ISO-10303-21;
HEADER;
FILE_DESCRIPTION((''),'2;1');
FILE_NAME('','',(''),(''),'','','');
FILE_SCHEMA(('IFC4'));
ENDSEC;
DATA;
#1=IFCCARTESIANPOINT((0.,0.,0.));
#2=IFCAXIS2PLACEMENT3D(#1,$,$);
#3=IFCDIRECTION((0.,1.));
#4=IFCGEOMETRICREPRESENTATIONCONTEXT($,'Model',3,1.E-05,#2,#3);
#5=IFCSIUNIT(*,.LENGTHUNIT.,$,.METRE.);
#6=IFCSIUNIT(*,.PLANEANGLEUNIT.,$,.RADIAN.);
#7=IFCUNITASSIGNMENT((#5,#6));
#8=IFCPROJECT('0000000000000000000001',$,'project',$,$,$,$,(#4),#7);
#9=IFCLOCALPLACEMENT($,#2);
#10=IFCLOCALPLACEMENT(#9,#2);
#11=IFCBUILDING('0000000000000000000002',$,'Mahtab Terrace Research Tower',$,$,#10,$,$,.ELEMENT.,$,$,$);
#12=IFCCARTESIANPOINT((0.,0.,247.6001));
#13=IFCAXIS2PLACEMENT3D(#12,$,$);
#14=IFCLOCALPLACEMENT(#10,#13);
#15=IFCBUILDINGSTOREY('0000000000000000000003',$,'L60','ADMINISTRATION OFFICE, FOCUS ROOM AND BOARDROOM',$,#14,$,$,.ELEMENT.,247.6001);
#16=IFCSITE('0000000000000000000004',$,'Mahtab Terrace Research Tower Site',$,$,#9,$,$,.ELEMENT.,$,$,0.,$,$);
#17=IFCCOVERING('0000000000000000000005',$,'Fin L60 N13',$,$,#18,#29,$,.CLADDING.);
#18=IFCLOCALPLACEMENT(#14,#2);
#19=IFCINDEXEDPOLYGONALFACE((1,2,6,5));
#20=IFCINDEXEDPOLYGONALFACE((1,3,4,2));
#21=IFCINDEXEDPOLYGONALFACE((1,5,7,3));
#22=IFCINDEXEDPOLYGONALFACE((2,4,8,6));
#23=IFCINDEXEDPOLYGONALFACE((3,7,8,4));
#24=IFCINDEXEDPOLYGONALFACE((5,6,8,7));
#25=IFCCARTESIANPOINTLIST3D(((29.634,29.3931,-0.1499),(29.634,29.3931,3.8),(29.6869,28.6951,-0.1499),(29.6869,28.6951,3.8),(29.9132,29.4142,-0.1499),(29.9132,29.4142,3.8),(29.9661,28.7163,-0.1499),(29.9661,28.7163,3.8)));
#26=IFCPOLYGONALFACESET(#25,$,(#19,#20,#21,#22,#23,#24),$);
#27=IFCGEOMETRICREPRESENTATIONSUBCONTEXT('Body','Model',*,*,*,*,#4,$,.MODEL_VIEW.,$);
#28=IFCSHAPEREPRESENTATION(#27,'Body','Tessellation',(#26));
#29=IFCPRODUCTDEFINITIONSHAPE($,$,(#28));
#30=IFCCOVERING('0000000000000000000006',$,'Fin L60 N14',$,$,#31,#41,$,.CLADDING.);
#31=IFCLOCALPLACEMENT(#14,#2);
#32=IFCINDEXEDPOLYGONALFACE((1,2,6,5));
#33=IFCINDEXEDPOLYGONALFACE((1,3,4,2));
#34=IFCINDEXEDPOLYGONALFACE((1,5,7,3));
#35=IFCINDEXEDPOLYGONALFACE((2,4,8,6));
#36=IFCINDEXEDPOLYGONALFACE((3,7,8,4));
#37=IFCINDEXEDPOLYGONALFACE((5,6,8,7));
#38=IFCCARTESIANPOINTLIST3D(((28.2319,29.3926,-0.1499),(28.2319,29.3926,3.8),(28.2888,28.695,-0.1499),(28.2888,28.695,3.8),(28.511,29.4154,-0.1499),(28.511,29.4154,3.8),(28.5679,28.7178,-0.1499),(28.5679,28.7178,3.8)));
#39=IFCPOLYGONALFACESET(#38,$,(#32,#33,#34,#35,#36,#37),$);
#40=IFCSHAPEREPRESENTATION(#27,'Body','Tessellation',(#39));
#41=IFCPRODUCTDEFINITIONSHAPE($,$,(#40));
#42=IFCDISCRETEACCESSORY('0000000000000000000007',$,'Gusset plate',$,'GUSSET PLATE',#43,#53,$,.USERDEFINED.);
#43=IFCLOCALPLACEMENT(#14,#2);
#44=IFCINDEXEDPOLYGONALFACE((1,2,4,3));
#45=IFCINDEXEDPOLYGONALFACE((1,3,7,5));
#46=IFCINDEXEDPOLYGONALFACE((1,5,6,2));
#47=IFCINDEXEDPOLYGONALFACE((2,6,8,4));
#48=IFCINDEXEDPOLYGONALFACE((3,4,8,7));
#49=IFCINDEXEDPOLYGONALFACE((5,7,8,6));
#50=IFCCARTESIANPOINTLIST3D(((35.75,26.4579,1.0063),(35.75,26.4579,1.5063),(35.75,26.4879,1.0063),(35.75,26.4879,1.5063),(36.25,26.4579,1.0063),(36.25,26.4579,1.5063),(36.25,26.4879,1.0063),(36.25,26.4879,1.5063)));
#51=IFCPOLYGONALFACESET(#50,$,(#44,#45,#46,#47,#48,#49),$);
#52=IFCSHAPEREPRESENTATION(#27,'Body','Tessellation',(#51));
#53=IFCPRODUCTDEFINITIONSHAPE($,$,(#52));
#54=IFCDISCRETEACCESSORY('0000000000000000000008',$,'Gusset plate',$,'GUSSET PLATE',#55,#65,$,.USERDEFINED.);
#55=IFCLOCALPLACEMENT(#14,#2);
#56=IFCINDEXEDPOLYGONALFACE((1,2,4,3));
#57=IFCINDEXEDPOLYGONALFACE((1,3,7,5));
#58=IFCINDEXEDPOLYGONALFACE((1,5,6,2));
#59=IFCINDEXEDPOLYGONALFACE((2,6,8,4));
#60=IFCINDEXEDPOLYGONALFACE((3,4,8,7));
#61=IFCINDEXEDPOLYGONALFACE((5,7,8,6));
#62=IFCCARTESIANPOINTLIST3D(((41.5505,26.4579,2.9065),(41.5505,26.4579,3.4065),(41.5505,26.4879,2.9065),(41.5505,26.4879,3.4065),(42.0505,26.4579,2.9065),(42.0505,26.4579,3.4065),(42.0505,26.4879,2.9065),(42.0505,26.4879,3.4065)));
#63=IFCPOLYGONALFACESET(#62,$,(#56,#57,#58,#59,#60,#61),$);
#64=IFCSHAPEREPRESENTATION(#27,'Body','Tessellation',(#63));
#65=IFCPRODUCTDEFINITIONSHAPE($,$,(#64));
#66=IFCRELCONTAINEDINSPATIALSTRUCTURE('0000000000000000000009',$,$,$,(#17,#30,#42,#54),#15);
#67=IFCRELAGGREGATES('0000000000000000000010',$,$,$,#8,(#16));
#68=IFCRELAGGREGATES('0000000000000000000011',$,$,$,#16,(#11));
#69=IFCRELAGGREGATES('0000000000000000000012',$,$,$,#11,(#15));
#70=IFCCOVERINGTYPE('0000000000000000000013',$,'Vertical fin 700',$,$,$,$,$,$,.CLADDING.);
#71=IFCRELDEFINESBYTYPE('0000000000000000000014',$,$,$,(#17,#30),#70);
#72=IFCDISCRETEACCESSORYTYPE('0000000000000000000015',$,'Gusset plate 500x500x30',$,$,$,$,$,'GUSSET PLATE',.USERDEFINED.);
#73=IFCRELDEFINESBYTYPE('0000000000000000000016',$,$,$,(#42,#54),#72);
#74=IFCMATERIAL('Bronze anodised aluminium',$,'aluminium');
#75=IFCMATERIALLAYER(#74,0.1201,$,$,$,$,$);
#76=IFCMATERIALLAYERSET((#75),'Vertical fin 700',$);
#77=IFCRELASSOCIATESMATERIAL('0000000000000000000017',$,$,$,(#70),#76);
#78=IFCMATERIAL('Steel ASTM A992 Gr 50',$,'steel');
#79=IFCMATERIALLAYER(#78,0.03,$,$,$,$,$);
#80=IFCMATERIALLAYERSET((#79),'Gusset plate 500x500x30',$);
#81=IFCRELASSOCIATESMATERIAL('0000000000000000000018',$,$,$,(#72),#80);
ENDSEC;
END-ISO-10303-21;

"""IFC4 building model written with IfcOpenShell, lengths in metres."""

from ifc_helpers import new_model, si_unit, direction, frame, origin, origin_2d, place, context, subcontext, project, spatial, rectangle, extrude, material, layer, layer_set, type_object, element, save


model = new_model("IFC4")

# Units and contexts
model_context = context("Model", 3, precision=1e-05, world=origin(), true_north=direction((0.0, 1.0)))
body_context = subcontext(model_context, "Body", "Model", "MODEL_VIEW")
ifc_project = project(units=[si_unit("LENGTHUNIT", "METRE"), si_unit("PLANEANGLEUNIT", "RADIAN")], contexts=[model_context])

# Site, building, storey
site_placement = place(None, origin())
site = spatial("IfcSite", under=ifc_project, at=site_placement, Name="Mahtab Terrace Research Tower Site", CompositionType="ELEMENT", RefElevation=0.0)
building_placement = place(site_placement, origin())
building = spatial("IfcBuilding", under=site, at=building_placement, Name="Mahtab Terrace Research Tower", CompositionType="ELEMENT")
storey_placement = place(building_placement, frame((0.0, 0.0, 247.6001)))
storey = spatial("IfcBuildingStorey", under=building, at=storey_placement, Name="L60", Description="ADMINISTRATION OFFICE, FOCUS ROOM AND BOARDROOM", CompositionType="ELEMENT", Elevation=247.6001)

# Shared definitions
ifc_material_1 = material(Name="Steel ASTM A992 Gr 50", Category="steel")

# Coverings
ifc_material_2 = material(Name="Bronze anodised aluminium", Category="aluminium")
ifc_layer_1 = layer(ifc_material_2, 0.1201)
ifc_layer_set_1 = layer_set([ifc_layer_1], Name="Vertical fin 700")
covering_type_1 = type_object("IfcCoveringType", Name="Vertical fin 700", PredefinedType="CLADDING", material=ifc_layer_set_1)
for number, where, z_axis, x_axis, name in (
    (1, (29.8, 29.0547, -0.1499), (0.0, 0.0, 1.0), (-0.997141, -0.075559, 0.0), "Fin L60 N13"),
    (2, (28.3999, 29.0552, -0.1499), (0.0, 0.0, 1.0), (-0.996685, -0.081359, 0.0), "Fin L60 N14"),
):
    element("IfcCovering", number, at=place(storey_placement, frame(where, z_axis=z_axis, x_axis=x_axis)), inside=storey, type_object=covering_type_1, Name=name, PredefinedType="CLADDING", context=body_context, shape_type="SweptSolid", body=[
        extrude(rectangle(XDim=0.28, YDim=0.7, at=origin_2d()), origin(), (0.0, 0.0, 1.0), 3.95),
    ])

# Discrete accessories
ifc_layer_2 = layer(ifc_material_1, 0.03)
ifc_layer_set_2 = layer_set([ifc_layer_2], Name="Gusset plate 500x500x30")
discrete_accessory_type = type_object("IfcDiscreteAccessoryType", Name="Gusset plate 500x500x30", ElementType="GUSSET PLATE", PredefinedType="USERDEFINED", material=ifc_layer_set_2)
for number, where, z_axis, x_axis, name in (
    (3, (36.0, 26.4729, 1.0063), (0.0, 0.0, 1.0), (1.0, 0.0, 0.0), "Gusset plate"),
    (4, (41.8005, 26.4729, 2.9065), (0.0, 0.0, 1.0), (1.0, 0.0, 0.0), "Gusset plate"),
):
    element("IfcDiscreteAccessory", number, at=place(storey_placement, frame(where, z_axis=z_axis, x_axis=x_axis)), inside=storey, type_object=discrete_accessory_type, Name=name, ObjectType="GUSSET PLATE", PredefinedType="USERDEFINED", context=body_context, shape_type="SweptSolid", body=[
        extrude(rectangle(XDim=0.5, YDim=0.03, at=origin_2d()), origin(), (0.0, 0.0, 1.0), 0.5),
    ])

save(model, "model.ifc")
